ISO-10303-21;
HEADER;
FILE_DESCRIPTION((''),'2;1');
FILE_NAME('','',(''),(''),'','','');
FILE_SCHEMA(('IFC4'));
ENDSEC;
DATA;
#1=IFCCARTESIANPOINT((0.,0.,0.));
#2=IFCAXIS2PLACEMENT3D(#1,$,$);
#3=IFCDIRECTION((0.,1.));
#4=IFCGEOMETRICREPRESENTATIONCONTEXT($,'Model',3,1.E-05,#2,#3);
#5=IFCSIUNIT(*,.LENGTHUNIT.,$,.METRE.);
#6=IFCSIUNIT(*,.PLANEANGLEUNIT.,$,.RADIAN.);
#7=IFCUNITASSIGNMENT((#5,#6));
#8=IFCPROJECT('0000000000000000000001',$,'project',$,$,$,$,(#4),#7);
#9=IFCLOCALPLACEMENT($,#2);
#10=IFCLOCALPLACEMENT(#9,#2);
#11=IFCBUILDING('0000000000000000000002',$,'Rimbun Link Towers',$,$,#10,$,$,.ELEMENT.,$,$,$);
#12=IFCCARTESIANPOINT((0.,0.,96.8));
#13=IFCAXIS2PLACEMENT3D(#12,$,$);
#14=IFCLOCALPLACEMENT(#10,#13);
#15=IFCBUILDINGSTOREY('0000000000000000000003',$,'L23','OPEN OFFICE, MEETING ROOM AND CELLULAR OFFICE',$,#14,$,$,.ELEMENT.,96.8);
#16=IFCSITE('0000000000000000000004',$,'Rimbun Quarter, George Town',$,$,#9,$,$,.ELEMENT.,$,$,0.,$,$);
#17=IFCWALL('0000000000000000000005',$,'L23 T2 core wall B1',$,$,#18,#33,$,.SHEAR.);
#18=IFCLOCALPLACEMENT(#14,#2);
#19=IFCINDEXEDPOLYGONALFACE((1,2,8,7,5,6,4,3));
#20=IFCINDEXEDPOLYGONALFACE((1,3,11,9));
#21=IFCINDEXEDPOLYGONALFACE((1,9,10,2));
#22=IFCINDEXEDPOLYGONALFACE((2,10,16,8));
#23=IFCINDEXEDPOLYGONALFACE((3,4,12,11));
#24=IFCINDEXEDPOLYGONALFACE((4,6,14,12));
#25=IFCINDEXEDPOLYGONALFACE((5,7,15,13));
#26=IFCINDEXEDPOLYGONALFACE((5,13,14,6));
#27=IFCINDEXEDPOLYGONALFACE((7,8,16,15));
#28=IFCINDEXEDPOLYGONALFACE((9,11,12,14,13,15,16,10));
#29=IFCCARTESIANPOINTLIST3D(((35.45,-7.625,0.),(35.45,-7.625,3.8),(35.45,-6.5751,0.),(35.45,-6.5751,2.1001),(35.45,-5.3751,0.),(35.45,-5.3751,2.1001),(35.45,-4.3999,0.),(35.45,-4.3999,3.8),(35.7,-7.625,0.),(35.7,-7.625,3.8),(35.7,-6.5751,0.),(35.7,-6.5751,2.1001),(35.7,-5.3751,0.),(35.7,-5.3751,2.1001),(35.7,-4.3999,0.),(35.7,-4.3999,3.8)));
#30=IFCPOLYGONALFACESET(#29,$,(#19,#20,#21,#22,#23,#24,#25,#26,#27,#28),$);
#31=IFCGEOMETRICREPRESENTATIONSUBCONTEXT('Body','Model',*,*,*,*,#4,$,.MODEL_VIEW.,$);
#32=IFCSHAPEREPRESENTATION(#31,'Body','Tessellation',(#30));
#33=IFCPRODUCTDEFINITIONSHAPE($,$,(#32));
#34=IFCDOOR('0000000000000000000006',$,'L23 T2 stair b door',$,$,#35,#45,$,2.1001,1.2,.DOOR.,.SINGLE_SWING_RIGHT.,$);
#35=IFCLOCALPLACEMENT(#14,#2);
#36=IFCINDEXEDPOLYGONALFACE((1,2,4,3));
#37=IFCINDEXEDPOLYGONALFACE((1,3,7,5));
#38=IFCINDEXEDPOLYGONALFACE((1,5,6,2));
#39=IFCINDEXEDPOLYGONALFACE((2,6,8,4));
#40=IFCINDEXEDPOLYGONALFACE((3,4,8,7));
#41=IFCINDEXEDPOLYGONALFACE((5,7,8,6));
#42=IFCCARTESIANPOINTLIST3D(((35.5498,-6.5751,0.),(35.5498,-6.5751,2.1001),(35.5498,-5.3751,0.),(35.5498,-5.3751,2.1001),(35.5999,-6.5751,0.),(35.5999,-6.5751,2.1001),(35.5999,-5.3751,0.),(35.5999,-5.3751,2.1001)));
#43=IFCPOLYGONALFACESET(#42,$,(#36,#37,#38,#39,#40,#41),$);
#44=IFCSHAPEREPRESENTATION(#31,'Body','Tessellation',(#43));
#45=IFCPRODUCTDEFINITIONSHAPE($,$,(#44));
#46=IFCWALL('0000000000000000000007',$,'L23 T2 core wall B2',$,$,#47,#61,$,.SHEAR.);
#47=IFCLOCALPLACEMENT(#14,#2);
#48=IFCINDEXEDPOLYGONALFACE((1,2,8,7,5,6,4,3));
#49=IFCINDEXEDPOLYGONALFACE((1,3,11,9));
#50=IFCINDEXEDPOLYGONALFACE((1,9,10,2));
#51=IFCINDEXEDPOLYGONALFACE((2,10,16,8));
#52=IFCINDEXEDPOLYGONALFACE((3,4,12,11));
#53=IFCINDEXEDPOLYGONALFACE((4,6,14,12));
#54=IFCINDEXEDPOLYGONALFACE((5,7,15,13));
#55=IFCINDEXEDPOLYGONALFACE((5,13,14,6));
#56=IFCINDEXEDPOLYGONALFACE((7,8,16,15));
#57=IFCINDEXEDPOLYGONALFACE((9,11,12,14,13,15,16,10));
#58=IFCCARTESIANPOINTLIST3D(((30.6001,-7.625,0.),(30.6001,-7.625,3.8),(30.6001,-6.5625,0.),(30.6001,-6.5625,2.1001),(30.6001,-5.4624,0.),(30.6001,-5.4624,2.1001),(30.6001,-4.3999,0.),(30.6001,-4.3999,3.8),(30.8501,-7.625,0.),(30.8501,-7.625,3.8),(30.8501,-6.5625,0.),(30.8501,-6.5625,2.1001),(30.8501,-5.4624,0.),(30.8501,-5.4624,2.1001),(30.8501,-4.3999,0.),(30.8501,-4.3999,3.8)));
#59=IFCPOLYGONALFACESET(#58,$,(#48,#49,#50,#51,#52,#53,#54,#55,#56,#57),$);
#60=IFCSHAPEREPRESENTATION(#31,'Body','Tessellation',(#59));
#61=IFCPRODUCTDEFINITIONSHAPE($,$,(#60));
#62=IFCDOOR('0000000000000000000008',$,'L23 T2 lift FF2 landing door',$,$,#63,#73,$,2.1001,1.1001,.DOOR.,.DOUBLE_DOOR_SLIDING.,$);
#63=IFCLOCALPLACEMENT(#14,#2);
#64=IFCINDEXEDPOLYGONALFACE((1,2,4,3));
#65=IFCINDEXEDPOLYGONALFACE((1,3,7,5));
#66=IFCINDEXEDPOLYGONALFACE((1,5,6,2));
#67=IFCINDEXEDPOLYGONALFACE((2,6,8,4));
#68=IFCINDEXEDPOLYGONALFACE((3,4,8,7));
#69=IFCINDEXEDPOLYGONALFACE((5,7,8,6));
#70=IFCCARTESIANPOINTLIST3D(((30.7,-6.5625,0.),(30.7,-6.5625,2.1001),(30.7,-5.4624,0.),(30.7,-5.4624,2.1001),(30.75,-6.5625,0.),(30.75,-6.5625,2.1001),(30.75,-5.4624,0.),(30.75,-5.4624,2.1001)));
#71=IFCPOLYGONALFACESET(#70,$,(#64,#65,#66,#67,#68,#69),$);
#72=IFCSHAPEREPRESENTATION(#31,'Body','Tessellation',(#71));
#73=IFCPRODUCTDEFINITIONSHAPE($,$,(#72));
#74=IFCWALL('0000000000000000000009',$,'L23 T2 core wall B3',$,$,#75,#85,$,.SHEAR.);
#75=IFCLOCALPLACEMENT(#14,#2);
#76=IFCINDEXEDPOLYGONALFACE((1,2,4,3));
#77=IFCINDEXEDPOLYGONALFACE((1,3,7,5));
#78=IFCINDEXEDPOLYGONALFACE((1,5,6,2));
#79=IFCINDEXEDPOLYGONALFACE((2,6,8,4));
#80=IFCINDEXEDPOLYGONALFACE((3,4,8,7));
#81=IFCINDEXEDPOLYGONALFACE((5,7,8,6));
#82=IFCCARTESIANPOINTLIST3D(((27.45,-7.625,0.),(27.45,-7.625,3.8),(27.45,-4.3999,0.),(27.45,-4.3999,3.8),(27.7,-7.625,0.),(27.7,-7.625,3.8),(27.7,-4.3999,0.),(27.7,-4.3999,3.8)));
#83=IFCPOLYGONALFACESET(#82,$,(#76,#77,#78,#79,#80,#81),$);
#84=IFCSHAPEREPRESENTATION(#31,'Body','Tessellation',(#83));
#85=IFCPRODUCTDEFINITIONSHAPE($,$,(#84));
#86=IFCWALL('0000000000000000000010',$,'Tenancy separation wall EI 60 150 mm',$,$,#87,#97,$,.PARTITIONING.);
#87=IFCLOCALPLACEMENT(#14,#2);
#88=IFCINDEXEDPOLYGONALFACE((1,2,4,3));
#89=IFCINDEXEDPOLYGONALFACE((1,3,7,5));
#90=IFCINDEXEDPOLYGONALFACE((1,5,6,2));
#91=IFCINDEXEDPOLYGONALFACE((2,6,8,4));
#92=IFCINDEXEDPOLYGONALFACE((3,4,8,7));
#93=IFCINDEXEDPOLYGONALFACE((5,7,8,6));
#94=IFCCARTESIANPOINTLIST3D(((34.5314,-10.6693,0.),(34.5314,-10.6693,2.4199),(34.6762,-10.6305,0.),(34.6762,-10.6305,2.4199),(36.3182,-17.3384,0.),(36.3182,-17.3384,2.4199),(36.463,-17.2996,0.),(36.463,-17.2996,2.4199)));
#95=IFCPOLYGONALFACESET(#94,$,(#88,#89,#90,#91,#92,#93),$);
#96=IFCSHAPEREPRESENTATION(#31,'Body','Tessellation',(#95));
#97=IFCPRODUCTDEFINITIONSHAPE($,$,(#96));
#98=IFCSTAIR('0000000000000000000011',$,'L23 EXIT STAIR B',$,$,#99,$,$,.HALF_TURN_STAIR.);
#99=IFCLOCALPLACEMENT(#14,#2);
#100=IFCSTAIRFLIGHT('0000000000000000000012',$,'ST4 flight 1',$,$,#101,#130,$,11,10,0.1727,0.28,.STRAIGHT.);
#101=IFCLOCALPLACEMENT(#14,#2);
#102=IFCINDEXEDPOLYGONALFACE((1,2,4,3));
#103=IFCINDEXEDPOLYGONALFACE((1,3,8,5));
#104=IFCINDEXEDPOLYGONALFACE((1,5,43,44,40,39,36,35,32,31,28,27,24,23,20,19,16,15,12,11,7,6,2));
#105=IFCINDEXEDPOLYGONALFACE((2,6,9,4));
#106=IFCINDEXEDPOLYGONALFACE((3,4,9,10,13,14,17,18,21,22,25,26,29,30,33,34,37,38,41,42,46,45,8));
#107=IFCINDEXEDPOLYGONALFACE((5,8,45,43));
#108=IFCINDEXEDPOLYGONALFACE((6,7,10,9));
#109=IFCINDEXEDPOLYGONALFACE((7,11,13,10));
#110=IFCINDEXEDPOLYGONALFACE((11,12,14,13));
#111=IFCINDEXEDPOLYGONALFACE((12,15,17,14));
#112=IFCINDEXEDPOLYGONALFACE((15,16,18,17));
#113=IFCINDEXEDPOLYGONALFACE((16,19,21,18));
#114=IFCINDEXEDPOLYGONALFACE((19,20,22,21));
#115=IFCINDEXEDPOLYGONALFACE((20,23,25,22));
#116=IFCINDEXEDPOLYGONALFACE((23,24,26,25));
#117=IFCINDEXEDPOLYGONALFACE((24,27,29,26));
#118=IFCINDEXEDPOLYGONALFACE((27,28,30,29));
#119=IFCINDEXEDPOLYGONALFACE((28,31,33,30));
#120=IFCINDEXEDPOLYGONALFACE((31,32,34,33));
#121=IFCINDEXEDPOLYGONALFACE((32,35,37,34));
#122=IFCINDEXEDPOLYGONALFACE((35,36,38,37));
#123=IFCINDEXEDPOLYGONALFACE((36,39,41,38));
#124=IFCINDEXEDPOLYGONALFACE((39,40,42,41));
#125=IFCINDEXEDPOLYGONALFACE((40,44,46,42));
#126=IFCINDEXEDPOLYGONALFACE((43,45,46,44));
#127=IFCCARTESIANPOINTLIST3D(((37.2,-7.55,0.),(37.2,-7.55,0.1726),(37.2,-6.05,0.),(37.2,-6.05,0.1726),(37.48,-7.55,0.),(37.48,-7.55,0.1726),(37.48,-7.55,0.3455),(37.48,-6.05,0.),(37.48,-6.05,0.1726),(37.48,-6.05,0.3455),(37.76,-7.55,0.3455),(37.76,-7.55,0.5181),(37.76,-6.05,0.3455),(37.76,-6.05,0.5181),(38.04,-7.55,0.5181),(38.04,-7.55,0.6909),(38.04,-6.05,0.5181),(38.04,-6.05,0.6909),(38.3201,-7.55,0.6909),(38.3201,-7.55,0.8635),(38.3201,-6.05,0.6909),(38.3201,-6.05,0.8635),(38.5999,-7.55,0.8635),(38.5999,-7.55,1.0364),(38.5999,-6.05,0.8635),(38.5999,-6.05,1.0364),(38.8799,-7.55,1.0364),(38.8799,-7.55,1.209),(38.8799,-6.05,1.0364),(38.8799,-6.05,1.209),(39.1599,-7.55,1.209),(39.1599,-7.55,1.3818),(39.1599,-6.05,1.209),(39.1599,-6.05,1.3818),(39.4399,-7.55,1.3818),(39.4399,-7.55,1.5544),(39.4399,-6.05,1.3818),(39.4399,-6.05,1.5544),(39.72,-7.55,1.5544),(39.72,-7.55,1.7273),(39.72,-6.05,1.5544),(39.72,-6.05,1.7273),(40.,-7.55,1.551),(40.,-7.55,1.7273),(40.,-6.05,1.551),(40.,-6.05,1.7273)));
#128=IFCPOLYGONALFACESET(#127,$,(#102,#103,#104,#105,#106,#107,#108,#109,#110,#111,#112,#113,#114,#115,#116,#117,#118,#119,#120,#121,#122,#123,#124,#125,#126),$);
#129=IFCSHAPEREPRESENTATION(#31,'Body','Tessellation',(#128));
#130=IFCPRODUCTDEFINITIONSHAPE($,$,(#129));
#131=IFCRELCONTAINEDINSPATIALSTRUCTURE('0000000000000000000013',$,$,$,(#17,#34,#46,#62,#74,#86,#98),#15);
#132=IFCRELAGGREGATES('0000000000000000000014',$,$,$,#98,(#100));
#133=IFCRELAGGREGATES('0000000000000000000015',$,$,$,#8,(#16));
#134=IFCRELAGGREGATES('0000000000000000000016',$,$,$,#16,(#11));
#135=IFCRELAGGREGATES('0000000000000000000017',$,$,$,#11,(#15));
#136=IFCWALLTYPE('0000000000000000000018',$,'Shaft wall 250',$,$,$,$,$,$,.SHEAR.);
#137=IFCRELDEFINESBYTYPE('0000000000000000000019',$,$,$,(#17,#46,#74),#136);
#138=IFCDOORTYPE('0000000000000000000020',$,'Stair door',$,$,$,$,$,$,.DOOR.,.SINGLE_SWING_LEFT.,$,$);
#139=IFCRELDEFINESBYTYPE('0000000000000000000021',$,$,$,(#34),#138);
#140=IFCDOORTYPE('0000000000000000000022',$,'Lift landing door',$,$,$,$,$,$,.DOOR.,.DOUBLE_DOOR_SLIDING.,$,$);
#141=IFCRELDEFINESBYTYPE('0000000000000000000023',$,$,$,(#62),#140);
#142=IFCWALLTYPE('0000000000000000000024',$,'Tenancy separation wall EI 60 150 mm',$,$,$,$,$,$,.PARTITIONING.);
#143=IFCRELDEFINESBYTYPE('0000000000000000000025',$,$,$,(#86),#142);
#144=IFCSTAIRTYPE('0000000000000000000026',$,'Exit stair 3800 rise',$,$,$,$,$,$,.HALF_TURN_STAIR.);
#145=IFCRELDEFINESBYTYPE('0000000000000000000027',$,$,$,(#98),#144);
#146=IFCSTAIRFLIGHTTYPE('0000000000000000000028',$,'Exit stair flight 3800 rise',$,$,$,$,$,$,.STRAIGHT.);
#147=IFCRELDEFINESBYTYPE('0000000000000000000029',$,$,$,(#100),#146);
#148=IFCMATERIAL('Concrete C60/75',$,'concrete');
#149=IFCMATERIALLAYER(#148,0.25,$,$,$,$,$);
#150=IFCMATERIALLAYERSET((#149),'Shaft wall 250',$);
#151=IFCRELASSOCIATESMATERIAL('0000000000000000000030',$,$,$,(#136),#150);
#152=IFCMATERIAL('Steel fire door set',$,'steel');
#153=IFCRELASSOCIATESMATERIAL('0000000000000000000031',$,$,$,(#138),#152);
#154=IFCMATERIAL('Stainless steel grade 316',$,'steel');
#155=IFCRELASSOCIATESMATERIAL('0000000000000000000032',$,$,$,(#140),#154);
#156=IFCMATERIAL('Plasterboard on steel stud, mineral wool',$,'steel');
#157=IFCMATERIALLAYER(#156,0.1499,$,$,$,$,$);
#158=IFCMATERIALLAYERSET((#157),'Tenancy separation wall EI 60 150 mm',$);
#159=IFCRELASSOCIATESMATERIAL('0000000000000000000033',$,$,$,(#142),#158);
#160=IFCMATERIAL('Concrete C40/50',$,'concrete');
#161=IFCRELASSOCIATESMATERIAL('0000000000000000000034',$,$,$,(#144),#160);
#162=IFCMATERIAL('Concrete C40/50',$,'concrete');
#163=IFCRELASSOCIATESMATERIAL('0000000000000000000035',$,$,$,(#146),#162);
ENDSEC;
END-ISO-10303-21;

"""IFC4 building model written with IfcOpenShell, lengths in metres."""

from ifc_helpers import new_model, si_unit, direction, frame, frame_2d, origin, place, context, subcontext, project, spatial, polyline, rectangle, outline, extrude, material, layer, layer_set, type_object, element, fill, aggregate, save


model = new_model("IFC4")

# Units and contexts
model_context = context("Model", 3, precision=1e-05, world=origin(), true_north=direction((0.0, 1.0)))
body_context = subcontext(model_context, "Body", "Model", "MODEL_VIEW")
ifc_project = project(units=[si_unit("LENGTHUNIT", "METRE"), si_unit("PLANEANGLEUNIT", "RADIAN")], contexts=[model_context])

# Site, building, storey
site_placement = place(None, origin())
site = spatial("IfcSite", under=ifc_project, at=site_placement, Name="Rimbun Quarter, George Town", CompositionType="ELEMENT", RefElevation=0.0)
building_placement = place(site_placement, origin())
building = spatial("IfcBuilding", under=site, at=building_placement, Name="Rimbun Link Towers", CompositionType="ELEMENT")
storey_placement = place(building_placement, frame((0.0, 0.0, 96.8)))
storey = spatial("IfcBuildingStorey", under=building, at=storey_placement, Name="L23", Description="OPEN OFFICE, MEETING ROOM AND CELLULAR OFFICE", CompositionType="ELEMENT", Elevation=96.8)

# Shared definitions
ifc_material_1 = material(Name="Concrete C60/75", Category="concrete")
ifc_layer_1 = layer(ifc_material_1, 0.25)
ifc_layer_set_1 = layer_set([ifc_layer_1], Name="Shaft wall 250")
wall_type_1 = type_object("IfcWallType", Name="Shaft wall 250", PredefinedType="SHEAR", material=ifc_layer_set_1)

# Walls, openings, doors
wall_1_placement = place(storey_placement, frame((35.575, -4.3999, 0.0), z_axis=(0.0, 0.0, 1.0), x_axis=(0.0, -1.0, 0.0)))
wall_1 = element("IfcWall", 1, at=wall_1_placement, inside=storey, type_object=wall_type_1, Name="L23 T2 core wall B1", PredefinedType="SHEAR", context=body_context, shape_type="SweptSolid", body=[
    extrude(rectangle(XDim=3.2251, YDim=0.25, at=frame_2d((1.6125, 0.0))), origin(), (0.0, 0.0, 1.0), 3.8),
])
opening_1_placement = place(wall_1_placement, frame((0.9751, 0.0, 0.0)))
opening_1 = element("IfcOpeningElement", 2, at=opening_1_placement, cuts=wall_1, PredefinedType="OPENING", context=body_context, shape_type="SweptSolid", body=[
    extrude(rectangle(XDim=1.2, YDim=2.1001, at=frame_2d((0.6001, 1.05))), frame((0.0, 0.135, 0.0), z_axis=(0.0, -1.0, 0.0), x_axis=(1.0, 0.0, 0.0)), (0.0, 0.0, 1.0), 0.27),
])
ifc_material_2 = material(Name="Steel fire door set", Category="steel")
door_type_1 = type_object("IfcDoorType", Name="Stair door", OperationType="SINGLE_SWING_LEFT", PredefinedType="DOOR", material=ifc_material_2)
door_1_placement = place(opening_1_placement, origin())
door_1 = element("IfcDoor", 3, at=door_1_placement, inside=storey, type_object=door_type_1, Name="L23 T2 stair b door", OperationType="SINGLE_SWING_RIGHT", OverallHeight=2.1001, OverallWidth=1.2, PredefinedType="DOOR", context=body_context, shape_type="SweptSolid", body=[
    extrude(rectangle(XDim=1.2, YDim=2.1001, at=frame_2d((0.6001, 1.05))), frame((0.0, 0.0249, 0.0), z_axis=(0.0, -1.0, 0.0), x_axis=(1.0, 0.0, 0.0)), (0.0, 0.0, 1.0), 0.05),
])
fill(opening_1, door_1)
wall_2_placement = place(storey_placement, frame((30.7251, -4.3999, 0.0), z_axis=(0.0, 0.0, 1.0), x_axis=(0.0, -1.0, 0.0)))
wall_2 = element("IfcWall", 4, at=wall_2_placement, inside=storey, type_object=wall_type_1, Name="L23 T2 core wall B2", PredefinedType="SHEAR", context=body_context, shape_type="SweptSolid", body=[
    extrude(rectangle(XDim=3.2251, YDim=0.25, at=frame_2d((1.6125, 0.0))), origin(), (0.0, 0.0, 1.0), 3.8),
])
opening_2_placement = place(wall_2_placement, frame((1.0625, 0.0, 0.0)))
opening_2 = element("IfcOpeningElement", 5, at=opening_2_placement, cuts=wall_2, PredefinedType="OPENING", context=body_context, shape_type="SweptSolid", body=[
    extrude(rectangle(XDim=1.1001, YDim=2.1001, at=frame_2d((0.55, 1.05))), frame((0.0, 0.135, 0.0), z_axis=(0.0, -1.0, 0.0), x_axis=(1.0, 0.0, 0.0)), (0.0, 0.0, 1.0), 0.27),
])
ifc_material_3 = material(Name="Stainless steel grade 316", Category="steel")
door_type_2 = type_object("IfcDoorType", Name="Lift landing door", OperationType="DOUBLE_DOOR_SLIDING", PredefinedType="DOOR", material=ifc_material_3)
door_2_placement = place(opening_2_placement, origin())
door_2 = element("IfcDoor", 6, at=door_2_placement, inside=storey, type_object=door_type_2, Name="L23 T2 lift FF2 landing door", OperationType="DOUBLE_DOOR_SLIDING", OverallHeight=2.1001, OverallWidth=1.1001, PredefinedType="DOOR", context=body_context, shape_type="SweptSolid", body=[
    extrude(rectangle(XDim=1.1001, YDim=2.1001, at=frame_2d((0.55, 1.05))), frame((0.0, 0.0249, 0.0), z_axis=(0.0, -1.0, 0.0), x_axis=(1.0, 0.0, 0.0)), (0.0, 0.0, 1.0), 0.05),
])
fill(opening_2, door_2)

# Walls
wall_3_placement = place(storey_placement, frame((27.575, -4.3999, 0.0), z_axis=(0.0, 0.0, 1.0), x_axis=(0.0, -1.0, 0.0)))
element("IfcWall", 7, at=wall_3_placement, inside=storey, type_object=wall_type_1, Name="L23 T2 core wall B3", PredefinedType="SHEAR", context=body_context, shape_type="SweptSolid", body=[
    extrude(rectangle(XDim=3.2251, YDim=0.25, at=frame_2d((1.6125, 0.0))), origin(), (0.0, 0.0, 1.0), 3.8),
])
ifc_material_4 = material(Name="Plasterboard on steel stud, mineral wool", Category="steel")
ifc_layer_2 = layer(ifc_material_4, 0.1499)
ifc_layer_set_2 = layer_set([ifc_layer_2], Name="Tenancy separation wall EI 60 150 mm")
wall_type_2 = type_object("IfcWallType", Name="Tenancy separation wall EI 60 150 mm", PredefinedType="PARTITIONING", material=ifc_layer_set_2)
wall_4_placement = place(storey_placement, frame((34.6038, -10.6499, 0.0), z_axis=(0.0, 0.0, 1.0), x_axis=(0.2588, -0.965931, 0.0)))
element("IfcWall", 8, at=wall_4_placement, inside=storey, type_object=wall_type_2, Name="Tenancy separation wall EI 60 150 mm", PredefinedType="PARTITIONING", context=body_context, shape_type="SweptSolid", body=[
    extrude(rectangle(XDim=6.9043, YDim=0.1499, at=frame_2d((3.4521, 0.0))), origin(), (0.0, 0.0, 1.0), 2.4199),
])

# Stair, stair flight
ifc_material_5 = material(Name="Concrete C40/50", Category="concrete")
stair_type = type_object("IfcStairType", Name="Exit stair 3800 rise", PredefinedType="HALF_TURN_STAIR", material=ifc_material_5)
stair_placement = place(storey_placement, origin())
stair = element("IfcStair", 9, at=stair_placement, inside=storey, type_object=stair_type, Name="L23 EXIT STAIR B", PredefinedType="HALF_TURN_STAIR")
ifc_material_6 = material(Name="Concrete C40/50", Category="concrete")
stair_flight_type = type_object("IfcStairFlightType", Name="Exit stair flight 3800 rise", PredefinedType="STRAIGHT", material=ifc_material_6)
stair_flight_placement = place(storey_placement, frame((37.2, -6.8, 0.0), z_axis=(0.0, 0.0, 1.0), x_axis=(1.0, 0.0, 0.0)))
stair_flight = element("IfcStairFlight", 10, at=stair_flight_placement, type_object=stair_flight_type, Name="ST4 flight 1", NumberOfRisers=11, NumberOfTreads=10, PredefinedType="STRAIGHT", RiserHeight=0.1727, TreadLength=0.28, context=body_context, shape_type="SweptSolid", body=[
    extrude(outline(polyline([(0.0, 0.0), (0.0, 0.1726), (0.28, 0.1726), (0.28, 0.3455), (0.5601, 0.3455), (0.5601, 0.5181), (0.8401, 0.5181), (0.8401, 0.6909), (1.1201, 0.6909), (1.1201, 0.8635), (1.3999, 0.8635), (1.3999, 1.0364), (1.6799, 1.0364), (1.6799, 1.209), (1.96, 1.209), (1.96, 1.3818), (2.24, 1.3818), (2.24, 1.5544), (2.52, 1.5544), (2.52, 1.7273), (2.8, 1.7273), (2.8, 1.8999), (2.8, 1.551), (0.28, 0.0), (0.0, 0.0)])), frame((0.0, 0.75, 0.0), z_axis=(0.0, -1.0, 0.0), x_axis=(1.0, 0.0, 0.0)), (0.0, 0.0, 1.0), 1.5),
])
aggregate(stair, [stair_flight])

save(model, "model.ifc")
